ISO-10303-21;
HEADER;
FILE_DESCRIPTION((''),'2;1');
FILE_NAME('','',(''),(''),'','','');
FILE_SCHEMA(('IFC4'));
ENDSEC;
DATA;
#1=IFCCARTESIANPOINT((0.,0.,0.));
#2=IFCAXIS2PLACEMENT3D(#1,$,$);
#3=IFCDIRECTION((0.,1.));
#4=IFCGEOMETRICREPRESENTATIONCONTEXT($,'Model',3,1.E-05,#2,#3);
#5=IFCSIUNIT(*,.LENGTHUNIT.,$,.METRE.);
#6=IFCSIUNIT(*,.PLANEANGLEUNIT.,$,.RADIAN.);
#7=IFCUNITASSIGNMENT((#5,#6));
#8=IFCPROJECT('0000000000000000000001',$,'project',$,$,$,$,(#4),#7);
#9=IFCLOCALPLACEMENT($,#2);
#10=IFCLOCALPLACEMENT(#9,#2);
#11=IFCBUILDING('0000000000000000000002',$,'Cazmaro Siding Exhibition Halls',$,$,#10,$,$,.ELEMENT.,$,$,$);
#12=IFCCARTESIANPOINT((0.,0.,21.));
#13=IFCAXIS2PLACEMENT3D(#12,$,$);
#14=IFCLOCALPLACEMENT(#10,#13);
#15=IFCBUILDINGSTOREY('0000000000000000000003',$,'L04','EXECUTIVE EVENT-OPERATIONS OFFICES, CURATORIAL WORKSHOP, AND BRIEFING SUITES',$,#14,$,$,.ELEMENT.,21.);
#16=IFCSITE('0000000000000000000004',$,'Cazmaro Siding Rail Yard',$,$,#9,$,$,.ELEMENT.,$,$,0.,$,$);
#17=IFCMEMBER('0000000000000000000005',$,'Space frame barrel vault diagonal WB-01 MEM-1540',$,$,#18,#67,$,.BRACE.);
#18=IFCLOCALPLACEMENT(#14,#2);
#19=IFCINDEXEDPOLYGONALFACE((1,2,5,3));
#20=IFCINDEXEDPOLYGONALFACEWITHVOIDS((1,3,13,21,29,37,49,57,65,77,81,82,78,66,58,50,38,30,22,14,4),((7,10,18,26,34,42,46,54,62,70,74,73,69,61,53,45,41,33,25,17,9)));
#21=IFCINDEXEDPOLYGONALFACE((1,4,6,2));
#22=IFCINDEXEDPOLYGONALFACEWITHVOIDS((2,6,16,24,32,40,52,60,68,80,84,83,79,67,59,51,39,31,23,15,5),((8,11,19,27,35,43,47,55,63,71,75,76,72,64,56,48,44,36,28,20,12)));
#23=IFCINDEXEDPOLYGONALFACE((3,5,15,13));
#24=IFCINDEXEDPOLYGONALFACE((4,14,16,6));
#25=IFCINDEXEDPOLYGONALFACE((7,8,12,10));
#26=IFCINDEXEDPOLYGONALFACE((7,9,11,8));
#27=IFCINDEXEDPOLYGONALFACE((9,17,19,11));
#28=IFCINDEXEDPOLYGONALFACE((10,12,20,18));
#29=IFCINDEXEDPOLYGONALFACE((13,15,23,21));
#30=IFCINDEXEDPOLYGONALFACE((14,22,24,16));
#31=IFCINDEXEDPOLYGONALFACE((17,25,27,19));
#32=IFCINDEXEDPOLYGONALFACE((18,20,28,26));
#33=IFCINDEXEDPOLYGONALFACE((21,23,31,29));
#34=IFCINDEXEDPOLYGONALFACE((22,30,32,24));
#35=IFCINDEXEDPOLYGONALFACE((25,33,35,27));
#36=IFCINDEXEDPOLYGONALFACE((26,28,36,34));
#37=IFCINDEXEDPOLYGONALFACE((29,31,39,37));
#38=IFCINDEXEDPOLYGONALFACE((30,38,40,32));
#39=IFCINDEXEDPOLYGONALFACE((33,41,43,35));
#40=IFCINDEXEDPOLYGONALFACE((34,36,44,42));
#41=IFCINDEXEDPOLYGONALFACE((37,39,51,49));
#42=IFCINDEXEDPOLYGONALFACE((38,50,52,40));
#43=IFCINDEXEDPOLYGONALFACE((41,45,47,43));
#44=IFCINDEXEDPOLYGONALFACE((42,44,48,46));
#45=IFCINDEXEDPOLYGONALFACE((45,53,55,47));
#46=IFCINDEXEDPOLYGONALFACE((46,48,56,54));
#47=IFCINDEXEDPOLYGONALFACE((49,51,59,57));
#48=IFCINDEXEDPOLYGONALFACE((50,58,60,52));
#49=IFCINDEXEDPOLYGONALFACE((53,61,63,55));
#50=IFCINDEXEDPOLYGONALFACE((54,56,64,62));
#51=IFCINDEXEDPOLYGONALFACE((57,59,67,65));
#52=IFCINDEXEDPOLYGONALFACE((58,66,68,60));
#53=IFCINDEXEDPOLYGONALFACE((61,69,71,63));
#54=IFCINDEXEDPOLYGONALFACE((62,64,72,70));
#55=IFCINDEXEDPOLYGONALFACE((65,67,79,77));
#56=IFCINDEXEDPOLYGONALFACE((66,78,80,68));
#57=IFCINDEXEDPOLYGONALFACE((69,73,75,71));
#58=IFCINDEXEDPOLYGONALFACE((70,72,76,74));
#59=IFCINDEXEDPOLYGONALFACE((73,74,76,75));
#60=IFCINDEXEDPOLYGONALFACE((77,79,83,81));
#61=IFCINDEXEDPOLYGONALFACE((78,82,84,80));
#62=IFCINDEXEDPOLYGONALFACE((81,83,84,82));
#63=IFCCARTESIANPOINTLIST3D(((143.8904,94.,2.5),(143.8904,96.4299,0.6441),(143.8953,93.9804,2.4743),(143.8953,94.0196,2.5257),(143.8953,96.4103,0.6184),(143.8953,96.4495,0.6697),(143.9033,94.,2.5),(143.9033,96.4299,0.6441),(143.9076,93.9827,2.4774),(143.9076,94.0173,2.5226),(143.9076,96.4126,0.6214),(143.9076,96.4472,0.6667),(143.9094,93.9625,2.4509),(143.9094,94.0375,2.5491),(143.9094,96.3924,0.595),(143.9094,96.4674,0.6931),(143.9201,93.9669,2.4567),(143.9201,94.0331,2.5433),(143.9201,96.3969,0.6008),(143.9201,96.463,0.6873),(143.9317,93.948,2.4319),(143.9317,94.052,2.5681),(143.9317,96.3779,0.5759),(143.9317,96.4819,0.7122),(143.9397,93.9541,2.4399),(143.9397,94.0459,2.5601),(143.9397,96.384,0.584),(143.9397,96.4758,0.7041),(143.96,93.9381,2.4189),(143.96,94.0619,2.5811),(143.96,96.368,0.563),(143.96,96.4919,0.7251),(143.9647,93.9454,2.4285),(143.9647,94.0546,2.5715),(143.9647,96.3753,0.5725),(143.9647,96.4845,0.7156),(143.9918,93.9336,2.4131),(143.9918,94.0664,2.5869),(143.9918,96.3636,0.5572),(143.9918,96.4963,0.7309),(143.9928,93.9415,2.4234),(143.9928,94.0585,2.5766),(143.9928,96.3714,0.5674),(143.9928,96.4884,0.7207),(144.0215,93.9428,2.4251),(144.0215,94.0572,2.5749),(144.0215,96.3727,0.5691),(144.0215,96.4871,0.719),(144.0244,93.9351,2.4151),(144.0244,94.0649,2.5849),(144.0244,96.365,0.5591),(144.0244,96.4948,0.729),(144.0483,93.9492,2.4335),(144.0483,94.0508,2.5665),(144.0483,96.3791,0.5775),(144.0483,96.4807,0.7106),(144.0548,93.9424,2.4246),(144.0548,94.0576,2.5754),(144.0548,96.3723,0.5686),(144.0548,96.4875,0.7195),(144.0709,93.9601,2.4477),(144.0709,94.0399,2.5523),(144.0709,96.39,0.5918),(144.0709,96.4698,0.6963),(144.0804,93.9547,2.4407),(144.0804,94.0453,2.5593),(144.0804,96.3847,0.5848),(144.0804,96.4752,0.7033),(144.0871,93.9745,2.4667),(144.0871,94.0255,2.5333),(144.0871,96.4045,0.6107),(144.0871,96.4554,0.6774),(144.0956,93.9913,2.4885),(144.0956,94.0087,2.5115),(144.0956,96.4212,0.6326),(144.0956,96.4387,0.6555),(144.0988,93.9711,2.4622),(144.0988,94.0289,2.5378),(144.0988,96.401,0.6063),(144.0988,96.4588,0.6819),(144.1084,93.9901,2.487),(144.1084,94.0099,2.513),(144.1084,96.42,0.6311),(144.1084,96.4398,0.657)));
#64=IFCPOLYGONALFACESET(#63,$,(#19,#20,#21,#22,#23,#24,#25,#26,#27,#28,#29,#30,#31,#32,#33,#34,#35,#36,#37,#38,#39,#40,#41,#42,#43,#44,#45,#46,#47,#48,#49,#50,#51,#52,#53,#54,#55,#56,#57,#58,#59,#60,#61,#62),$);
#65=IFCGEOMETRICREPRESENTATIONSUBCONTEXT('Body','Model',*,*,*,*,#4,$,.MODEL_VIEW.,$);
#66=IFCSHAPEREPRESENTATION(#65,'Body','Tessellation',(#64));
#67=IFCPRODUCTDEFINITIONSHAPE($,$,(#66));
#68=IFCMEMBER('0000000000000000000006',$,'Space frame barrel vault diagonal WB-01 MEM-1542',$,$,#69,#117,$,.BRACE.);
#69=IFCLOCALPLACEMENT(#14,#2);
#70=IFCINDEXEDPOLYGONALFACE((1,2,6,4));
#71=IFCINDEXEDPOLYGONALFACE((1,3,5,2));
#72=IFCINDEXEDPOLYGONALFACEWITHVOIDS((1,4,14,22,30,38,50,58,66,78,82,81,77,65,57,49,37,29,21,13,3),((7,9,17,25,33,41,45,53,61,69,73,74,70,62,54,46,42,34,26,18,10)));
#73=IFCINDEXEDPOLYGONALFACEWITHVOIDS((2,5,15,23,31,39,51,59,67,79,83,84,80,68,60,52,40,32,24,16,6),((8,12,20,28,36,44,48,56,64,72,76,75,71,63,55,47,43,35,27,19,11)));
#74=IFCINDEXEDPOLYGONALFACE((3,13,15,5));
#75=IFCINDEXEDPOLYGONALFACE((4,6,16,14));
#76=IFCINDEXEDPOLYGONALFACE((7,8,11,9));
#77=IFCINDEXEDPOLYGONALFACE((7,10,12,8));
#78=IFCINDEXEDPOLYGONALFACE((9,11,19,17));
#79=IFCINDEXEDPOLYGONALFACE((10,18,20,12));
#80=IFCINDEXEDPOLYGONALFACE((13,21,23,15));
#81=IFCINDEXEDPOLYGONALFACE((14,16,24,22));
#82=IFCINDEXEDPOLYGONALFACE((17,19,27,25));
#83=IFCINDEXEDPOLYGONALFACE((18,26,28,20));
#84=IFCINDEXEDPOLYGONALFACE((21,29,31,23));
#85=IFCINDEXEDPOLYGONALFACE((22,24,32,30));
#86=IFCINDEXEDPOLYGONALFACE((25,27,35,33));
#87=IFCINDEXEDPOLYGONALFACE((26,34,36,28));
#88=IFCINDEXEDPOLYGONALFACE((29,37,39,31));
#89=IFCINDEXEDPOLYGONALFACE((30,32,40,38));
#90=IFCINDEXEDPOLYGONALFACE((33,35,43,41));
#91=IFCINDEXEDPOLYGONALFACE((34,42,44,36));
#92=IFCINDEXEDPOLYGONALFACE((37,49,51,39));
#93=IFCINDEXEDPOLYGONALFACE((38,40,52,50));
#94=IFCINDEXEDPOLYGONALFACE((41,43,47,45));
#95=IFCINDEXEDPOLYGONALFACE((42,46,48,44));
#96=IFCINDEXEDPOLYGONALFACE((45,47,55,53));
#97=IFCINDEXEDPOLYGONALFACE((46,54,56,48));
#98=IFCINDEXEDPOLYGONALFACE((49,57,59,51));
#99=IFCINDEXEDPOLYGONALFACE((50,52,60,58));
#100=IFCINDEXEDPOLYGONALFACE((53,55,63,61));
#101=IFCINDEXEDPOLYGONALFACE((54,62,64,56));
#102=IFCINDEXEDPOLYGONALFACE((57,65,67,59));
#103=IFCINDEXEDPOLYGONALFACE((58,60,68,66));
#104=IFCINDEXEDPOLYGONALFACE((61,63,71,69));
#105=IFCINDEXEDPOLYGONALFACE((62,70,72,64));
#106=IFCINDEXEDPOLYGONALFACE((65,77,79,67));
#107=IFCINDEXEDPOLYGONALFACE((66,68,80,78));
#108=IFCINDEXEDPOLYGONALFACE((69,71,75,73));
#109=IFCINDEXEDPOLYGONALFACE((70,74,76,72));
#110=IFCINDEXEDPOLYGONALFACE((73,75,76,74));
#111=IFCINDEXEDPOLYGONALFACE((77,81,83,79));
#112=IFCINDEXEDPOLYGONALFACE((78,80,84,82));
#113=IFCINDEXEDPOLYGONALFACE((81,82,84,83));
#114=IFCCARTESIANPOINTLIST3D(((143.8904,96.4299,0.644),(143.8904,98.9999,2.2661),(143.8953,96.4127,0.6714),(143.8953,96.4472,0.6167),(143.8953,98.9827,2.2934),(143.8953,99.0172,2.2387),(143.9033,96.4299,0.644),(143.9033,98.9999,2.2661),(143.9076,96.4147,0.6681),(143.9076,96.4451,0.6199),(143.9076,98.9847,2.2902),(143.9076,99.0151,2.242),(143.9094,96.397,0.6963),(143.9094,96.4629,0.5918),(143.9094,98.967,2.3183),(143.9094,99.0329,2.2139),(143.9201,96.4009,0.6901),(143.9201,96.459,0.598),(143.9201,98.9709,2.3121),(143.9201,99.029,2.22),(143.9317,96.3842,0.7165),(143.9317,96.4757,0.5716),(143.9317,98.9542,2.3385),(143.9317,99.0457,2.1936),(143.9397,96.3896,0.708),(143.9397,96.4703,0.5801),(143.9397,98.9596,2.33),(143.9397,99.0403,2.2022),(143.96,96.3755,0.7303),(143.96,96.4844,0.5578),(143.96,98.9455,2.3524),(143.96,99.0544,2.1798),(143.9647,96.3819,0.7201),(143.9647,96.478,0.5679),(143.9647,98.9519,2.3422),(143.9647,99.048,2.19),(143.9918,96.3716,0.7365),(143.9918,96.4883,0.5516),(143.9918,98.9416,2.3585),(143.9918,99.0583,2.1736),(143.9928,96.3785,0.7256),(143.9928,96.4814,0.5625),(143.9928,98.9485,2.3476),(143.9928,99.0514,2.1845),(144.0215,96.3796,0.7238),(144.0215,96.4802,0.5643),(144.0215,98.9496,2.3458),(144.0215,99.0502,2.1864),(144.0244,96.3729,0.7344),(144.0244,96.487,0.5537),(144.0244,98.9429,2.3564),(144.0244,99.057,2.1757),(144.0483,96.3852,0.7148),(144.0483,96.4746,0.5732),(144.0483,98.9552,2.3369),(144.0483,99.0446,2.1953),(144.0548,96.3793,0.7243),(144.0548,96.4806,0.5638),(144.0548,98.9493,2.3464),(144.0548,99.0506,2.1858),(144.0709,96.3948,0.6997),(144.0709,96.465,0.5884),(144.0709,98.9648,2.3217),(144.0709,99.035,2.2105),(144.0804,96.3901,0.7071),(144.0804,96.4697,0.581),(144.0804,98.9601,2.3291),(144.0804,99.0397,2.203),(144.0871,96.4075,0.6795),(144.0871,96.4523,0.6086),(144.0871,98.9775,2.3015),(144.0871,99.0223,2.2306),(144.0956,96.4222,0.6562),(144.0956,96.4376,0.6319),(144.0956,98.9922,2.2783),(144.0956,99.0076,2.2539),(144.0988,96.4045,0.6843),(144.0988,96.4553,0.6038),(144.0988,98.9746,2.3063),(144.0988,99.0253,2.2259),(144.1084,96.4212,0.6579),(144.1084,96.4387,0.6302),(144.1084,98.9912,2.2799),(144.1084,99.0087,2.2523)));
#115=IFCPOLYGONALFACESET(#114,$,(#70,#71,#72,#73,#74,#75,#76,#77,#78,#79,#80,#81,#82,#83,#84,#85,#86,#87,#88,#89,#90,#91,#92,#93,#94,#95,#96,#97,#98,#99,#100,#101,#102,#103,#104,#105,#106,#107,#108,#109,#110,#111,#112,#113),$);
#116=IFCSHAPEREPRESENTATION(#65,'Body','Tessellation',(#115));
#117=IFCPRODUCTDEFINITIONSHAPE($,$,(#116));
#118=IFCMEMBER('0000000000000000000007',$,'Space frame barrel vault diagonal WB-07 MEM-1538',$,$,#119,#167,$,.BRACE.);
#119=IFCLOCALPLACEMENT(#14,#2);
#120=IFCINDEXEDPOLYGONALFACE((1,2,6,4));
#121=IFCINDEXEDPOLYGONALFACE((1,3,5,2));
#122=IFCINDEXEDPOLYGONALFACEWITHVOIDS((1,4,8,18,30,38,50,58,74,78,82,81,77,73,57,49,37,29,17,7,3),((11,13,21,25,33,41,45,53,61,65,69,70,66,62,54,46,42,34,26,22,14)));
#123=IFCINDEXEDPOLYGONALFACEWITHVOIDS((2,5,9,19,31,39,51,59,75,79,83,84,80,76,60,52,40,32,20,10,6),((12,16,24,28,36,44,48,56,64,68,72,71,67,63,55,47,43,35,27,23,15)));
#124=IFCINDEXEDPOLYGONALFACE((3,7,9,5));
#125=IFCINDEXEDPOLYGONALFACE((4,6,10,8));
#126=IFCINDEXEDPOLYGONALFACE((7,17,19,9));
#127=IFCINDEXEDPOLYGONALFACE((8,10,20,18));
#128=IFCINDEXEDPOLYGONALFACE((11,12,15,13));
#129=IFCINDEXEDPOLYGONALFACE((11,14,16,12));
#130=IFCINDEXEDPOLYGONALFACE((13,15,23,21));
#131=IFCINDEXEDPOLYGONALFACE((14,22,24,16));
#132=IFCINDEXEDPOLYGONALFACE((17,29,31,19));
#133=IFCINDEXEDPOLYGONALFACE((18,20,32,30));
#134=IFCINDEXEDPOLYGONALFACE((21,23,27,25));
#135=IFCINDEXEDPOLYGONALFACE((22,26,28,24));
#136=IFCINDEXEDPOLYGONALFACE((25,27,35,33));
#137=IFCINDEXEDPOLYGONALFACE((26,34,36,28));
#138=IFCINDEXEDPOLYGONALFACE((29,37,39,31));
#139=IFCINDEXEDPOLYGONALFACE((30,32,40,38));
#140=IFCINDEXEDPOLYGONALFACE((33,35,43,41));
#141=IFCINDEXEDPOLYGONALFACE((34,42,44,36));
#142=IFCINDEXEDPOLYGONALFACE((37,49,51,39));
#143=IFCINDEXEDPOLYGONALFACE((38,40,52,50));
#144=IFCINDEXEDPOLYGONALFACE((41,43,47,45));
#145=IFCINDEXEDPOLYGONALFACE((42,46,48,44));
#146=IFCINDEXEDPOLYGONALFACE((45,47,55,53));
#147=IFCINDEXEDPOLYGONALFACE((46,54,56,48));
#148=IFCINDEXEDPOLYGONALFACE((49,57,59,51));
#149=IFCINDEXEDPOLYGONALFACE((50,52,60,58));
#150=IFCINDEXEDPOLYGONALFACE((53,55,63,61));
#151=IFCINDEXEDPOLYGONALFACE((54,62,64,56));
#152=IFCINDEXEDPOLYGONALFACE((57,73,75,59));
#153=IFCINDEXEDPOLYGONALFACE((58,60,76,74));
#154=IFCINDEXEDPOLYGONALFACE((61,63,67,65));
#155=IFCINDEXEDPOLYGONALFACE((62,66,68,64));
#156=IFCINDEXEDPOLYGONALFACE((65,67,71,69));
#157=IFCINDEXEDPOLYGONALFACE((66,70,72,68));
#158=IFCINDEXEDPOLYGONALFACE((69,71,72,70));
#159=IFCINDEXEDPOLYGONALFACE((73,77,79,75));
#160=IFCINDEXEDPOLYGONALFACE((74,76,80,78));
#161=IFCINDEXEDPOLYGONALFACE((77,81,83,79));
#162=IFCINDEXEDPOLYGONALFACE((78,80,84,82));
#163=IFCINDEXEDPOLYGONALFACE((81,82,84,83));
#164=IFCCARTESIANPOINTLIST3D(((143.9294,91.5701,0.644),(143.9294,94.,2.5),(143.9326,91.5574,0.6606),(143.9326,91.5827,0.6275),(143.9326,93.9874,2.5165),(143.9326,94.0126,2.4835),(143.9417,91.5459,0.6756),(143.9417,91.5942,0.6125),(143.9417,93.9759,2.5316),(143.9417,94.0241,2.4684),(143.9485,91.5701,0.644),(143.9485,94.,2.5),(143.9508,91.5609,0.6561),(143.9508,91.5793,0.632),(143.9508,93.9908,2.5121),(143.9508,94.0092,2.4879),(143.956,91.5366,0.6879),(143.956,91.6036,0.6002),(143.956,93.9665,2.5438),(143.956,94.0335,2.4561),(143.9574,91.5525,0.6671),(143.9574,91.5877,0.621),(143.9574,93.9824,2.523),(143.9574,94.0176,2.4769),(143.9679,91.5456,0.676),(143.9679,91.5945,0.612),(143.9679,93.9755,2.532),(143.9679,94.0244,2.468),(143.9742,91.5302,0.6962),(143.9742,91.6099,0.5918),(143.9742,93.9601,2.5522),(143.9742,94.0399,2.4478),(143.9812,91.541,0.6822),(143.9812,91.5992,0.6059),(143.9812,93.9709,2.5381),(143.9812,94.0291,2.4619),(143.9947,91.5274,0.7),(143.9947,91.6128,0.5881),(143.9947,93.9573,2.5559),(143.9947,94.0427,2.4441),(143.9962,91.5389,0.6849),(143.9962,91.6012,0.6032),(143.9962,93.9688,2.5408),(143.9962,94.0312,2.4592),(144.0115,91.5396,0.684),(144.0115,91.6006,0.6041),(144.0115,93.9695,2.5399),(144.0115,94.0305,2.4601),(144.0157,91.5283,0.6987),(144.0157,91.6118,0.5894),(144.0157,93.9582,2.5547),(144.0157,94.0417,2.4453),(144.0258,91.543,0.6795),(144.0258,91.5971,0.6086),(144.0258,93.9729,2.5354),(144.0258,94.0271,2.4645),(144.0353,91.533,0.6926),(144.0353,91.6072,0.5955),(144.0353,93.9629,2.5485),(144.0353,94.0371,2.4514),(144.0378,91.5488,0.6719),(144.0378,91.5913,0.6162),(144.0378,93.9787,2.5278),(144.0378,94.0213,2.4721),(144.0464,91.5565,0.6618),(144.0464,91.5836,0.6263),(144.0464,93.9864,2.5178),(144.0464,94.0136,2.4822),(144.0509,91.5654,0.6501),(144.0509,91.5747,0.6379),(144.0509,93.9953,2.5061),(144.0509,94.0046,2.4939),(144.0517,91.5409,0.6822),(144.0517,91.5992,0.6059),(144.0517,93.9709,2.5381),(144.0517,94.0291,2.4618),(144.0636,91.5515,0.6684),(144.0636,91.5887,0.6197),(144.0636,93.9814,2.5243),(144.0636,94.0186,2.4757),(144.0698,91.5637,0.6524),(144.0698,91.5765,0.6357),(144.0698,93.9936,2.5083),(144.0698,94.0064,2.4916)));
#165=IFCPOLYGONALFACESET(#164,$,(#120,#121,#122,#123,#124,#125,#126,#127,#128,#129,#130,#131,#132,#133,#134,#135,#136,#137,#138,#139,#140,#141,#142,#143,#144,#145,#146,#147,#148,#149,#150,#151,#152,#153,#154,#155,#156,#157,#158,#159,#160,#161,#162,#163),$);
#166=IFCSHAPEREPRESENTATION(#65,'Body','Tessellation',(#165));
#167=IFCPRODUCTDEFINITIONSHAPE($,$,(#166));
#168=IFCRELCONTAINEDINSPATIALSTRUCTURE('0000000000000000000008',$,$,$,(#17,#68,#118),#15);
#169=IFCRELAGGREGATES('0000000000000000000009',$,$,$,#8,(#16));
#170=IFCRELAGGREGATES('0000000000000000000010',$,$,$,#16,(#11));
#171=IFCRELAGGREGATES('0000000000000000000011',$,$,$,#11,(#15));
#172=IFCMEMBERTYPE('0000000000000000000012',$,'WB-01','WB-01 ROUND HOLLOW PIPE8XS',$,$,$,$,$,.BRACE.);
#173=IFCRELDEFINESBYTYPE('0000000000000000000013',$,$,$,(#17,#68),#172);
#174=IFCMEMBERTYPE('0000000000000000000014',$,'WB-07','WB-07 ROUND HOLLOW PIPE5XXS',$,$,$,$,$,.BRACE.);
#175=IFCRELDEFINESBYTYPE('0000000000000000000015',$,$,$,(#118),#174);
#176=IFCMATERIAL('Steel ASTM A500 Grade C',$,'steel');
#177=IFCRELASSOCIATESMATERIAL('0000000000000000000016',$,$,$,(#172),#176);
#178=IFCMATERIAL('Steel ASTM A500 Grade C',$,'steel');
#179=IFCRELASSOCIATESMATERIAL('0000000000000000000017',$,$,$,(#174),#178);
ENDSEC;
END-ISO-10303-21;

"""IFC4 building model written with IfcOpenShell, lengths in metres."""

from ifc_helpers import new_model, si_unit, direction, frame, origin, origin_2d, place, context, subcontext, project, spatial, hollow_circle, extrude, material, material_profile, profile_set, type_object, element, save


model = new_model("IFC4")

# Units and contexts
model_context = context("Model", 3, precision=1e-05, world=origin(), true_north=direction((0.0, 1.0)))
body_context = subcontext(model_context, "Body", "Model", "MODEL_VIEW")
ifc_project = project(units=[si_unit("LENGTHUNIT", "METRE"), si_unit("PLANEANGLEUNIT", "RADIAN")], contexts=[model_context])

# Site, building, storey
site_placement = place(None, origin())
site = spatial("IfcSite", under=ifc_project, at=site_placement, Name="Cazmaro Siding Rail Yard", CompositionType="ELEMENT", RefElevation=0.0)
building_placement = place(site_placement, origin())
building = spatial("IfcBuilding", under=site, at=building_placement, Name="Cazmaro Siding Exhibition Halls", CompositionType="ELEMENT")
storey_placement = place(building_placement, frame((0.0, 0.0, 21.0)))
storey = spatial("IfcBuildingStorey", under=building, at=storey_placement, Name="L04", Description="EXECUTIVE EVENT-OPERATIONS OFFICES, CURATORIAL WORKSHOP, AND BRIEFING SUITES", CompositionType="ELEMENT", Elevation=21.0)

# Members
ifc_material_1 = material(Name="Steel ASTM A500 Grade C", Category="steel")
ifc_material_profile_1 = material_profile(ifc_material_1, hollow_circle(Radius=0.1096, WallThickness=0.0129, at=origin_2d()), Name="PIPE8XS")
ifc_profile_set_1 = profile_set([ifc_material_profile_1], Name="Steel ASTM A500 Grade C")
member_type_1 = type_object("IfcMemberType", Name="WB-01", Description="WB-01 ROUND HOLLOW PIPE8XS", PredefinedType="BRACE", material=ifc_profile_set_1)
member_1_placement = place(storey_placement, frame((144.0, 94.0, 2.5), z_axis=(0.0, 0.794709, -0.606991), x_axis=(-1.0, 0.0, 0.0)))
element("IfcMember", 1, at=member_1_placement, inside=storey, type_object=member_type_1, Name="Space frame barrel vault diagonal WB-01 MEM-1540", PredefinedType="BRACE", context=body_context, shape_type="SweptSolid", body=[
    extrude(hollow_circle(Radius=0.1096, WallThickness=0.0129, at=origin_2d()), origin(), (0.0, 0.0, 1.0), 3.0576),
])
member_2_placement = place(storey_placement, frame((144.0, 96.4299, 0.644), z_axis=(0.0, 0.845657, 0.533727), x_axis=(-1.0, 0.0, 0.0)))
element("IfcMember", 2, at=member_2_placement, inside=storey, type_object=member_type_1, Name="Space frame barrel vault diagonal WB-01 MEM-1542", PredefinedType="BRACE", context=body_context, shape_type="SweptSolid", body=[
    extrude(hollow_circle(Radius=0.1096, WallThickness=0.0129, at=origin_2d()), origin(), (0.0, 0.0, 1.0), 3.0391),
])
ifc_material_2 = material(Name="Steel ASTM A500 Grade C", Category="steel")
ifc_material_profile_2 = material_profile(ifc_material_2, hollow_circle(Radius=0.0706, WallThickness=0.019, at=origin_2d()), Name="PIPE5XXS")
ifc_profile_set_2 = profile_set([ifc_material_profile_2], Name="Steel ASTM A500 Grade C")
member_type_2 = type_object("IfcMemberType", Name="WB-07", Description="WB-07 ROUND HOLLOW PIPE5XXS", PredefinedType="BRACE", material=ifc_profile_set_2)
for number, where, z_axis, x_axis, name in (
    (3, (144.0, 91.5701, 0.644), (0.0, 0.794709, 0.606991), (-1.0, 0.0, 0.0), "Space frame barrel vault diagonal WB-07 MEM-1538"),
):
    element("IfcMember", number, at=place(storey_placement, frame(where, z_axis=z_axis, x_axis=x_axis)), inside=storey, type_object=member_type_2, Name=name, PredefinedType="BRACE", context=body_context, shape_type="SweptSolid", body=[
        extrude(hollow_circle(Radius=0.0706, WallThickness=0.019, at=origin_2d()), origin(), (0.0, 0.0, 1.0), 3.0576),
    ])

save(model, "model.ifc")
